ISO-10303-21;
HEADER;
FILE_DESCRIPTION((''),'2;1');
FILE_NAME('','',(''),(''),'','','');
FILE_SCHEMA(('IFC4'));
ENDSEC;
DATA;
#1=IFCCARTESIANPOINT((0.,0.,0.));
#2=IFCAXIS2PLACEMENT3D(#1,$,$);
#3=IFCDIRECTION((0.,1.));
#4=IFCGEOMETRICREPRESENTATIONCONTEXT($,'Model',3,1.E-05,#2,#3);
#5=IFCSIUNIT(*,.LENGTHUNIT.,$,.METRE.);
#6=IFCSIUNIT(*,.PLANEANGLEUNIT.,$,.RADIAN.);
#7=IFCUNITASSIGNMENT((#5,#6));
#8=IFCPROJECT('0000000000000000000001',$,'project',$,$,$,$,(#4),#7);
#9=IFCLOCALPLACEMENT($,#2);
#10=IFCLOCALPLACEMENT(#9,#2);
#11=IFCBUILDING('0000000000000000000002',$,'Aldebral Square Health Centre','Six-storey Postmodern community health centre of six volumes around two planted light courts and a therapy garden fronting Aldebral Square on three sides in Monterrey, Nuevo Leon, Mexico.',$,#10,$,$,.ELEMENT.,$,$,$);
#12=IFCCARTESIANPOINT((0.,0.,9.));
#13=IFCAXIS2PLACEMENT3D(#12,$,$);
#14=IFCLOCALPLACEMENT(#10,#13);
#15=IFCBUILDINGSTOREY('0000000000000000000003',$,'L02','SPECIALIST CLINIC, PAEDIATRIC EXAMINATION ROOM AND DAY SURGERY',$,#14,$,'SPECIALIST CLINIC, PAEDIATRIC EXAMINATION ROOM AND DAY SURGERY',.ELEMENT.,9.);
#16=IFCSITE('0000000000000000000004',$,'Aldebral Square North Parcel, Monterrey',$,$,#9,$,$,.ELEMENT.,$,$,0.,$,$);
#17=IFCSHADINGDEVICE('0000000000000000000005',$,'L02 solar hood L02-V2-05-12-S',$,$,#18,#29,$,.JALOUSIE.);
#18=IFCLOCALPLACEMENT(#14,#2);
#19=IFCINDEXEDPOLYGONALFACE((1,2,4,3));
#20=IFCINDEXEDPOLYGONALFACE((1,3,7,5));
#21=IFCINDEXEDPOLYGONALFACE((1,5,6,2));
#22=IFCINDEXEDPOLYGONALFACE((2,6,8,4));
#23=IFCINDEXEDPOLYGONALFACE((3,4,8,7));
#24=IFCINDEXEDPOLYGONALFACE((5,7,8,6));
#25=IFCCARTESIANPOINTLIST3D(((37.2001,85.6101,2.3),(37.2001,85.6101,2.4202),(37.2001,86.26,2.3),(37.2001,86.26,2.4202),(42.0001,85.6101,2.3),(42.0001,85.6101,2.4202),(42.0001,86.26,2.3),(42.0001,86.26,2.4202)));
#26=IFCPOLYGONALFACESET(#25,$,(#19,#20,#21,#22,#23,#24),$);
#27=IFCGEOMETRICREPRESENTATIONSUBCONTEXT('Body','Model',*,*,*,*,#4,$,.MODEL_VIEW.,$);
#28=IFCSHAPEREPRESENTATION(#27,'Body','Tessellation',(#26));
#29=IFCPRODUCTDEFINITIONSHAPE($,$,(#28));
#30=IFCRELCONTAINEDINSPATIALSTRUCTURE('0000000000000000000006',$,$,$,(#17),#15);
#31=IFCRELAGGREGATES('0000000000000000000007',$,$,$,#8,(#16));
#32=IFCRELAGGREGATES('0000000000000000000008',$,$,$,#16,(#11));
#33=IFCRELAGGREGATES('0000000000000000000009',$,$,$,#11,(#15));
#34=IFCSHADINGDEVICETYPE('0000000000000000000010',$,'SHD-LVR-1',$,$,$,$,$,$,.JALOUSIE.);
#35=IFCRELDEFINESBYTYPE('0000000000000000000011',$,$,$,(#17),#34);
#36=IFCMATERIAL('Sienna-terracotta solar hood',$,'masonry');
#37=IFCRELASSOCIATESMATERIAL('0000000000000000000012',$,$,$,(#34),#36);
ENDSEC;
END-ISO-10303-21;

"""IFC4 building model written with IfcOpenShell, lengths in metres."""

from ifc_helpers import new_model, si_unit, direction, frame, origin, origin_2d, place, context, subcontext, project, spatial, rectangle, extrude, material, type_object, element, save


model = new_model("IFC4")

# Units and contexts
model_context = context("Model", 3, precision=1e-05, world=origin(), true_north=direction((0.0, 1.0)))
body_context = subcontext(model_context, "Body", "Model", "MODEL_VIEW")
ifc_project = project(units=[si_unit("LENGTHUNIT", "METRE"), si_unit("PLANEANGLEUNIT", "RADIAN")], contexts=[model_context])

# Site, building, storey
site_placement = place(None, origin())
site = spatial("IfcSite", under=ifc_project, at=site_placement, Name="Aldebral Square North Parcel, Monterrey", CompositionType="ELEMENT", RefElevation=0.0)
building_placement = place(site_placement, origin())
building = spatial("IfcBuilding", under=site, at=building_placement, Name="Aldebral Square Health Centre", Description="Six-storey Postmodern community health centre of six volumes around two planted light courts and a therapy garden fronting Aldebral Square on three sides in Monterrey, Nuevo Leon, Mexico.", CompositionType="ELEMENT")
storey_placement = place(building_placement, frame((0.0, 0.0, 9.0)))
storey = spatial("IfcBuildingStorey", under=building, at=storey_placement, Name="L02", Description="SPECIALIST CLINIC, PAEDIATRIC EXAMINATION ROOM AND DAY SURGERY", LongName="SPECIALIST CLINIC, PAEDIATRIC EXAMINATION ROOM AND DAY SURGERY", CompositionType="ELEMENT", Elevation=9.0)

# Shading device
ifc_material_1 = material(Name="Sienna-terracotta solar hood", Category="masonry")
shading_device_type = type_object("IfcShadingDeviceType", Name="SHD-LVR-1", PredefinedType="JALOUSIE", material=ifc_material_1)
for number, where, z_axis, x_axis, name in (
    (1, (39.6001, 85.9351, 2.3), (0.0, 0.0, 1.0), (1.0, 0.0, 0.0), "L02 solar hood L02-V2-05-12-S"),
):
    element("IfcShadingDevice", number, at=place(storey_placement, frame(where, z_axis=z_axis, x_axis=x_axis)), inside=storey, type_object=shading_device_type, Name=name, PredefinedType="JALOUSIE", context=body_context, shape_type="SweptSolid", body=[
        extrude(rectangle(XDim=4.8, YDim=0.6499, at=origin_2d()), origin(), (0.0, 0.0, 1.0), 0.1201),
    ])

save(model, "model.ifc")
